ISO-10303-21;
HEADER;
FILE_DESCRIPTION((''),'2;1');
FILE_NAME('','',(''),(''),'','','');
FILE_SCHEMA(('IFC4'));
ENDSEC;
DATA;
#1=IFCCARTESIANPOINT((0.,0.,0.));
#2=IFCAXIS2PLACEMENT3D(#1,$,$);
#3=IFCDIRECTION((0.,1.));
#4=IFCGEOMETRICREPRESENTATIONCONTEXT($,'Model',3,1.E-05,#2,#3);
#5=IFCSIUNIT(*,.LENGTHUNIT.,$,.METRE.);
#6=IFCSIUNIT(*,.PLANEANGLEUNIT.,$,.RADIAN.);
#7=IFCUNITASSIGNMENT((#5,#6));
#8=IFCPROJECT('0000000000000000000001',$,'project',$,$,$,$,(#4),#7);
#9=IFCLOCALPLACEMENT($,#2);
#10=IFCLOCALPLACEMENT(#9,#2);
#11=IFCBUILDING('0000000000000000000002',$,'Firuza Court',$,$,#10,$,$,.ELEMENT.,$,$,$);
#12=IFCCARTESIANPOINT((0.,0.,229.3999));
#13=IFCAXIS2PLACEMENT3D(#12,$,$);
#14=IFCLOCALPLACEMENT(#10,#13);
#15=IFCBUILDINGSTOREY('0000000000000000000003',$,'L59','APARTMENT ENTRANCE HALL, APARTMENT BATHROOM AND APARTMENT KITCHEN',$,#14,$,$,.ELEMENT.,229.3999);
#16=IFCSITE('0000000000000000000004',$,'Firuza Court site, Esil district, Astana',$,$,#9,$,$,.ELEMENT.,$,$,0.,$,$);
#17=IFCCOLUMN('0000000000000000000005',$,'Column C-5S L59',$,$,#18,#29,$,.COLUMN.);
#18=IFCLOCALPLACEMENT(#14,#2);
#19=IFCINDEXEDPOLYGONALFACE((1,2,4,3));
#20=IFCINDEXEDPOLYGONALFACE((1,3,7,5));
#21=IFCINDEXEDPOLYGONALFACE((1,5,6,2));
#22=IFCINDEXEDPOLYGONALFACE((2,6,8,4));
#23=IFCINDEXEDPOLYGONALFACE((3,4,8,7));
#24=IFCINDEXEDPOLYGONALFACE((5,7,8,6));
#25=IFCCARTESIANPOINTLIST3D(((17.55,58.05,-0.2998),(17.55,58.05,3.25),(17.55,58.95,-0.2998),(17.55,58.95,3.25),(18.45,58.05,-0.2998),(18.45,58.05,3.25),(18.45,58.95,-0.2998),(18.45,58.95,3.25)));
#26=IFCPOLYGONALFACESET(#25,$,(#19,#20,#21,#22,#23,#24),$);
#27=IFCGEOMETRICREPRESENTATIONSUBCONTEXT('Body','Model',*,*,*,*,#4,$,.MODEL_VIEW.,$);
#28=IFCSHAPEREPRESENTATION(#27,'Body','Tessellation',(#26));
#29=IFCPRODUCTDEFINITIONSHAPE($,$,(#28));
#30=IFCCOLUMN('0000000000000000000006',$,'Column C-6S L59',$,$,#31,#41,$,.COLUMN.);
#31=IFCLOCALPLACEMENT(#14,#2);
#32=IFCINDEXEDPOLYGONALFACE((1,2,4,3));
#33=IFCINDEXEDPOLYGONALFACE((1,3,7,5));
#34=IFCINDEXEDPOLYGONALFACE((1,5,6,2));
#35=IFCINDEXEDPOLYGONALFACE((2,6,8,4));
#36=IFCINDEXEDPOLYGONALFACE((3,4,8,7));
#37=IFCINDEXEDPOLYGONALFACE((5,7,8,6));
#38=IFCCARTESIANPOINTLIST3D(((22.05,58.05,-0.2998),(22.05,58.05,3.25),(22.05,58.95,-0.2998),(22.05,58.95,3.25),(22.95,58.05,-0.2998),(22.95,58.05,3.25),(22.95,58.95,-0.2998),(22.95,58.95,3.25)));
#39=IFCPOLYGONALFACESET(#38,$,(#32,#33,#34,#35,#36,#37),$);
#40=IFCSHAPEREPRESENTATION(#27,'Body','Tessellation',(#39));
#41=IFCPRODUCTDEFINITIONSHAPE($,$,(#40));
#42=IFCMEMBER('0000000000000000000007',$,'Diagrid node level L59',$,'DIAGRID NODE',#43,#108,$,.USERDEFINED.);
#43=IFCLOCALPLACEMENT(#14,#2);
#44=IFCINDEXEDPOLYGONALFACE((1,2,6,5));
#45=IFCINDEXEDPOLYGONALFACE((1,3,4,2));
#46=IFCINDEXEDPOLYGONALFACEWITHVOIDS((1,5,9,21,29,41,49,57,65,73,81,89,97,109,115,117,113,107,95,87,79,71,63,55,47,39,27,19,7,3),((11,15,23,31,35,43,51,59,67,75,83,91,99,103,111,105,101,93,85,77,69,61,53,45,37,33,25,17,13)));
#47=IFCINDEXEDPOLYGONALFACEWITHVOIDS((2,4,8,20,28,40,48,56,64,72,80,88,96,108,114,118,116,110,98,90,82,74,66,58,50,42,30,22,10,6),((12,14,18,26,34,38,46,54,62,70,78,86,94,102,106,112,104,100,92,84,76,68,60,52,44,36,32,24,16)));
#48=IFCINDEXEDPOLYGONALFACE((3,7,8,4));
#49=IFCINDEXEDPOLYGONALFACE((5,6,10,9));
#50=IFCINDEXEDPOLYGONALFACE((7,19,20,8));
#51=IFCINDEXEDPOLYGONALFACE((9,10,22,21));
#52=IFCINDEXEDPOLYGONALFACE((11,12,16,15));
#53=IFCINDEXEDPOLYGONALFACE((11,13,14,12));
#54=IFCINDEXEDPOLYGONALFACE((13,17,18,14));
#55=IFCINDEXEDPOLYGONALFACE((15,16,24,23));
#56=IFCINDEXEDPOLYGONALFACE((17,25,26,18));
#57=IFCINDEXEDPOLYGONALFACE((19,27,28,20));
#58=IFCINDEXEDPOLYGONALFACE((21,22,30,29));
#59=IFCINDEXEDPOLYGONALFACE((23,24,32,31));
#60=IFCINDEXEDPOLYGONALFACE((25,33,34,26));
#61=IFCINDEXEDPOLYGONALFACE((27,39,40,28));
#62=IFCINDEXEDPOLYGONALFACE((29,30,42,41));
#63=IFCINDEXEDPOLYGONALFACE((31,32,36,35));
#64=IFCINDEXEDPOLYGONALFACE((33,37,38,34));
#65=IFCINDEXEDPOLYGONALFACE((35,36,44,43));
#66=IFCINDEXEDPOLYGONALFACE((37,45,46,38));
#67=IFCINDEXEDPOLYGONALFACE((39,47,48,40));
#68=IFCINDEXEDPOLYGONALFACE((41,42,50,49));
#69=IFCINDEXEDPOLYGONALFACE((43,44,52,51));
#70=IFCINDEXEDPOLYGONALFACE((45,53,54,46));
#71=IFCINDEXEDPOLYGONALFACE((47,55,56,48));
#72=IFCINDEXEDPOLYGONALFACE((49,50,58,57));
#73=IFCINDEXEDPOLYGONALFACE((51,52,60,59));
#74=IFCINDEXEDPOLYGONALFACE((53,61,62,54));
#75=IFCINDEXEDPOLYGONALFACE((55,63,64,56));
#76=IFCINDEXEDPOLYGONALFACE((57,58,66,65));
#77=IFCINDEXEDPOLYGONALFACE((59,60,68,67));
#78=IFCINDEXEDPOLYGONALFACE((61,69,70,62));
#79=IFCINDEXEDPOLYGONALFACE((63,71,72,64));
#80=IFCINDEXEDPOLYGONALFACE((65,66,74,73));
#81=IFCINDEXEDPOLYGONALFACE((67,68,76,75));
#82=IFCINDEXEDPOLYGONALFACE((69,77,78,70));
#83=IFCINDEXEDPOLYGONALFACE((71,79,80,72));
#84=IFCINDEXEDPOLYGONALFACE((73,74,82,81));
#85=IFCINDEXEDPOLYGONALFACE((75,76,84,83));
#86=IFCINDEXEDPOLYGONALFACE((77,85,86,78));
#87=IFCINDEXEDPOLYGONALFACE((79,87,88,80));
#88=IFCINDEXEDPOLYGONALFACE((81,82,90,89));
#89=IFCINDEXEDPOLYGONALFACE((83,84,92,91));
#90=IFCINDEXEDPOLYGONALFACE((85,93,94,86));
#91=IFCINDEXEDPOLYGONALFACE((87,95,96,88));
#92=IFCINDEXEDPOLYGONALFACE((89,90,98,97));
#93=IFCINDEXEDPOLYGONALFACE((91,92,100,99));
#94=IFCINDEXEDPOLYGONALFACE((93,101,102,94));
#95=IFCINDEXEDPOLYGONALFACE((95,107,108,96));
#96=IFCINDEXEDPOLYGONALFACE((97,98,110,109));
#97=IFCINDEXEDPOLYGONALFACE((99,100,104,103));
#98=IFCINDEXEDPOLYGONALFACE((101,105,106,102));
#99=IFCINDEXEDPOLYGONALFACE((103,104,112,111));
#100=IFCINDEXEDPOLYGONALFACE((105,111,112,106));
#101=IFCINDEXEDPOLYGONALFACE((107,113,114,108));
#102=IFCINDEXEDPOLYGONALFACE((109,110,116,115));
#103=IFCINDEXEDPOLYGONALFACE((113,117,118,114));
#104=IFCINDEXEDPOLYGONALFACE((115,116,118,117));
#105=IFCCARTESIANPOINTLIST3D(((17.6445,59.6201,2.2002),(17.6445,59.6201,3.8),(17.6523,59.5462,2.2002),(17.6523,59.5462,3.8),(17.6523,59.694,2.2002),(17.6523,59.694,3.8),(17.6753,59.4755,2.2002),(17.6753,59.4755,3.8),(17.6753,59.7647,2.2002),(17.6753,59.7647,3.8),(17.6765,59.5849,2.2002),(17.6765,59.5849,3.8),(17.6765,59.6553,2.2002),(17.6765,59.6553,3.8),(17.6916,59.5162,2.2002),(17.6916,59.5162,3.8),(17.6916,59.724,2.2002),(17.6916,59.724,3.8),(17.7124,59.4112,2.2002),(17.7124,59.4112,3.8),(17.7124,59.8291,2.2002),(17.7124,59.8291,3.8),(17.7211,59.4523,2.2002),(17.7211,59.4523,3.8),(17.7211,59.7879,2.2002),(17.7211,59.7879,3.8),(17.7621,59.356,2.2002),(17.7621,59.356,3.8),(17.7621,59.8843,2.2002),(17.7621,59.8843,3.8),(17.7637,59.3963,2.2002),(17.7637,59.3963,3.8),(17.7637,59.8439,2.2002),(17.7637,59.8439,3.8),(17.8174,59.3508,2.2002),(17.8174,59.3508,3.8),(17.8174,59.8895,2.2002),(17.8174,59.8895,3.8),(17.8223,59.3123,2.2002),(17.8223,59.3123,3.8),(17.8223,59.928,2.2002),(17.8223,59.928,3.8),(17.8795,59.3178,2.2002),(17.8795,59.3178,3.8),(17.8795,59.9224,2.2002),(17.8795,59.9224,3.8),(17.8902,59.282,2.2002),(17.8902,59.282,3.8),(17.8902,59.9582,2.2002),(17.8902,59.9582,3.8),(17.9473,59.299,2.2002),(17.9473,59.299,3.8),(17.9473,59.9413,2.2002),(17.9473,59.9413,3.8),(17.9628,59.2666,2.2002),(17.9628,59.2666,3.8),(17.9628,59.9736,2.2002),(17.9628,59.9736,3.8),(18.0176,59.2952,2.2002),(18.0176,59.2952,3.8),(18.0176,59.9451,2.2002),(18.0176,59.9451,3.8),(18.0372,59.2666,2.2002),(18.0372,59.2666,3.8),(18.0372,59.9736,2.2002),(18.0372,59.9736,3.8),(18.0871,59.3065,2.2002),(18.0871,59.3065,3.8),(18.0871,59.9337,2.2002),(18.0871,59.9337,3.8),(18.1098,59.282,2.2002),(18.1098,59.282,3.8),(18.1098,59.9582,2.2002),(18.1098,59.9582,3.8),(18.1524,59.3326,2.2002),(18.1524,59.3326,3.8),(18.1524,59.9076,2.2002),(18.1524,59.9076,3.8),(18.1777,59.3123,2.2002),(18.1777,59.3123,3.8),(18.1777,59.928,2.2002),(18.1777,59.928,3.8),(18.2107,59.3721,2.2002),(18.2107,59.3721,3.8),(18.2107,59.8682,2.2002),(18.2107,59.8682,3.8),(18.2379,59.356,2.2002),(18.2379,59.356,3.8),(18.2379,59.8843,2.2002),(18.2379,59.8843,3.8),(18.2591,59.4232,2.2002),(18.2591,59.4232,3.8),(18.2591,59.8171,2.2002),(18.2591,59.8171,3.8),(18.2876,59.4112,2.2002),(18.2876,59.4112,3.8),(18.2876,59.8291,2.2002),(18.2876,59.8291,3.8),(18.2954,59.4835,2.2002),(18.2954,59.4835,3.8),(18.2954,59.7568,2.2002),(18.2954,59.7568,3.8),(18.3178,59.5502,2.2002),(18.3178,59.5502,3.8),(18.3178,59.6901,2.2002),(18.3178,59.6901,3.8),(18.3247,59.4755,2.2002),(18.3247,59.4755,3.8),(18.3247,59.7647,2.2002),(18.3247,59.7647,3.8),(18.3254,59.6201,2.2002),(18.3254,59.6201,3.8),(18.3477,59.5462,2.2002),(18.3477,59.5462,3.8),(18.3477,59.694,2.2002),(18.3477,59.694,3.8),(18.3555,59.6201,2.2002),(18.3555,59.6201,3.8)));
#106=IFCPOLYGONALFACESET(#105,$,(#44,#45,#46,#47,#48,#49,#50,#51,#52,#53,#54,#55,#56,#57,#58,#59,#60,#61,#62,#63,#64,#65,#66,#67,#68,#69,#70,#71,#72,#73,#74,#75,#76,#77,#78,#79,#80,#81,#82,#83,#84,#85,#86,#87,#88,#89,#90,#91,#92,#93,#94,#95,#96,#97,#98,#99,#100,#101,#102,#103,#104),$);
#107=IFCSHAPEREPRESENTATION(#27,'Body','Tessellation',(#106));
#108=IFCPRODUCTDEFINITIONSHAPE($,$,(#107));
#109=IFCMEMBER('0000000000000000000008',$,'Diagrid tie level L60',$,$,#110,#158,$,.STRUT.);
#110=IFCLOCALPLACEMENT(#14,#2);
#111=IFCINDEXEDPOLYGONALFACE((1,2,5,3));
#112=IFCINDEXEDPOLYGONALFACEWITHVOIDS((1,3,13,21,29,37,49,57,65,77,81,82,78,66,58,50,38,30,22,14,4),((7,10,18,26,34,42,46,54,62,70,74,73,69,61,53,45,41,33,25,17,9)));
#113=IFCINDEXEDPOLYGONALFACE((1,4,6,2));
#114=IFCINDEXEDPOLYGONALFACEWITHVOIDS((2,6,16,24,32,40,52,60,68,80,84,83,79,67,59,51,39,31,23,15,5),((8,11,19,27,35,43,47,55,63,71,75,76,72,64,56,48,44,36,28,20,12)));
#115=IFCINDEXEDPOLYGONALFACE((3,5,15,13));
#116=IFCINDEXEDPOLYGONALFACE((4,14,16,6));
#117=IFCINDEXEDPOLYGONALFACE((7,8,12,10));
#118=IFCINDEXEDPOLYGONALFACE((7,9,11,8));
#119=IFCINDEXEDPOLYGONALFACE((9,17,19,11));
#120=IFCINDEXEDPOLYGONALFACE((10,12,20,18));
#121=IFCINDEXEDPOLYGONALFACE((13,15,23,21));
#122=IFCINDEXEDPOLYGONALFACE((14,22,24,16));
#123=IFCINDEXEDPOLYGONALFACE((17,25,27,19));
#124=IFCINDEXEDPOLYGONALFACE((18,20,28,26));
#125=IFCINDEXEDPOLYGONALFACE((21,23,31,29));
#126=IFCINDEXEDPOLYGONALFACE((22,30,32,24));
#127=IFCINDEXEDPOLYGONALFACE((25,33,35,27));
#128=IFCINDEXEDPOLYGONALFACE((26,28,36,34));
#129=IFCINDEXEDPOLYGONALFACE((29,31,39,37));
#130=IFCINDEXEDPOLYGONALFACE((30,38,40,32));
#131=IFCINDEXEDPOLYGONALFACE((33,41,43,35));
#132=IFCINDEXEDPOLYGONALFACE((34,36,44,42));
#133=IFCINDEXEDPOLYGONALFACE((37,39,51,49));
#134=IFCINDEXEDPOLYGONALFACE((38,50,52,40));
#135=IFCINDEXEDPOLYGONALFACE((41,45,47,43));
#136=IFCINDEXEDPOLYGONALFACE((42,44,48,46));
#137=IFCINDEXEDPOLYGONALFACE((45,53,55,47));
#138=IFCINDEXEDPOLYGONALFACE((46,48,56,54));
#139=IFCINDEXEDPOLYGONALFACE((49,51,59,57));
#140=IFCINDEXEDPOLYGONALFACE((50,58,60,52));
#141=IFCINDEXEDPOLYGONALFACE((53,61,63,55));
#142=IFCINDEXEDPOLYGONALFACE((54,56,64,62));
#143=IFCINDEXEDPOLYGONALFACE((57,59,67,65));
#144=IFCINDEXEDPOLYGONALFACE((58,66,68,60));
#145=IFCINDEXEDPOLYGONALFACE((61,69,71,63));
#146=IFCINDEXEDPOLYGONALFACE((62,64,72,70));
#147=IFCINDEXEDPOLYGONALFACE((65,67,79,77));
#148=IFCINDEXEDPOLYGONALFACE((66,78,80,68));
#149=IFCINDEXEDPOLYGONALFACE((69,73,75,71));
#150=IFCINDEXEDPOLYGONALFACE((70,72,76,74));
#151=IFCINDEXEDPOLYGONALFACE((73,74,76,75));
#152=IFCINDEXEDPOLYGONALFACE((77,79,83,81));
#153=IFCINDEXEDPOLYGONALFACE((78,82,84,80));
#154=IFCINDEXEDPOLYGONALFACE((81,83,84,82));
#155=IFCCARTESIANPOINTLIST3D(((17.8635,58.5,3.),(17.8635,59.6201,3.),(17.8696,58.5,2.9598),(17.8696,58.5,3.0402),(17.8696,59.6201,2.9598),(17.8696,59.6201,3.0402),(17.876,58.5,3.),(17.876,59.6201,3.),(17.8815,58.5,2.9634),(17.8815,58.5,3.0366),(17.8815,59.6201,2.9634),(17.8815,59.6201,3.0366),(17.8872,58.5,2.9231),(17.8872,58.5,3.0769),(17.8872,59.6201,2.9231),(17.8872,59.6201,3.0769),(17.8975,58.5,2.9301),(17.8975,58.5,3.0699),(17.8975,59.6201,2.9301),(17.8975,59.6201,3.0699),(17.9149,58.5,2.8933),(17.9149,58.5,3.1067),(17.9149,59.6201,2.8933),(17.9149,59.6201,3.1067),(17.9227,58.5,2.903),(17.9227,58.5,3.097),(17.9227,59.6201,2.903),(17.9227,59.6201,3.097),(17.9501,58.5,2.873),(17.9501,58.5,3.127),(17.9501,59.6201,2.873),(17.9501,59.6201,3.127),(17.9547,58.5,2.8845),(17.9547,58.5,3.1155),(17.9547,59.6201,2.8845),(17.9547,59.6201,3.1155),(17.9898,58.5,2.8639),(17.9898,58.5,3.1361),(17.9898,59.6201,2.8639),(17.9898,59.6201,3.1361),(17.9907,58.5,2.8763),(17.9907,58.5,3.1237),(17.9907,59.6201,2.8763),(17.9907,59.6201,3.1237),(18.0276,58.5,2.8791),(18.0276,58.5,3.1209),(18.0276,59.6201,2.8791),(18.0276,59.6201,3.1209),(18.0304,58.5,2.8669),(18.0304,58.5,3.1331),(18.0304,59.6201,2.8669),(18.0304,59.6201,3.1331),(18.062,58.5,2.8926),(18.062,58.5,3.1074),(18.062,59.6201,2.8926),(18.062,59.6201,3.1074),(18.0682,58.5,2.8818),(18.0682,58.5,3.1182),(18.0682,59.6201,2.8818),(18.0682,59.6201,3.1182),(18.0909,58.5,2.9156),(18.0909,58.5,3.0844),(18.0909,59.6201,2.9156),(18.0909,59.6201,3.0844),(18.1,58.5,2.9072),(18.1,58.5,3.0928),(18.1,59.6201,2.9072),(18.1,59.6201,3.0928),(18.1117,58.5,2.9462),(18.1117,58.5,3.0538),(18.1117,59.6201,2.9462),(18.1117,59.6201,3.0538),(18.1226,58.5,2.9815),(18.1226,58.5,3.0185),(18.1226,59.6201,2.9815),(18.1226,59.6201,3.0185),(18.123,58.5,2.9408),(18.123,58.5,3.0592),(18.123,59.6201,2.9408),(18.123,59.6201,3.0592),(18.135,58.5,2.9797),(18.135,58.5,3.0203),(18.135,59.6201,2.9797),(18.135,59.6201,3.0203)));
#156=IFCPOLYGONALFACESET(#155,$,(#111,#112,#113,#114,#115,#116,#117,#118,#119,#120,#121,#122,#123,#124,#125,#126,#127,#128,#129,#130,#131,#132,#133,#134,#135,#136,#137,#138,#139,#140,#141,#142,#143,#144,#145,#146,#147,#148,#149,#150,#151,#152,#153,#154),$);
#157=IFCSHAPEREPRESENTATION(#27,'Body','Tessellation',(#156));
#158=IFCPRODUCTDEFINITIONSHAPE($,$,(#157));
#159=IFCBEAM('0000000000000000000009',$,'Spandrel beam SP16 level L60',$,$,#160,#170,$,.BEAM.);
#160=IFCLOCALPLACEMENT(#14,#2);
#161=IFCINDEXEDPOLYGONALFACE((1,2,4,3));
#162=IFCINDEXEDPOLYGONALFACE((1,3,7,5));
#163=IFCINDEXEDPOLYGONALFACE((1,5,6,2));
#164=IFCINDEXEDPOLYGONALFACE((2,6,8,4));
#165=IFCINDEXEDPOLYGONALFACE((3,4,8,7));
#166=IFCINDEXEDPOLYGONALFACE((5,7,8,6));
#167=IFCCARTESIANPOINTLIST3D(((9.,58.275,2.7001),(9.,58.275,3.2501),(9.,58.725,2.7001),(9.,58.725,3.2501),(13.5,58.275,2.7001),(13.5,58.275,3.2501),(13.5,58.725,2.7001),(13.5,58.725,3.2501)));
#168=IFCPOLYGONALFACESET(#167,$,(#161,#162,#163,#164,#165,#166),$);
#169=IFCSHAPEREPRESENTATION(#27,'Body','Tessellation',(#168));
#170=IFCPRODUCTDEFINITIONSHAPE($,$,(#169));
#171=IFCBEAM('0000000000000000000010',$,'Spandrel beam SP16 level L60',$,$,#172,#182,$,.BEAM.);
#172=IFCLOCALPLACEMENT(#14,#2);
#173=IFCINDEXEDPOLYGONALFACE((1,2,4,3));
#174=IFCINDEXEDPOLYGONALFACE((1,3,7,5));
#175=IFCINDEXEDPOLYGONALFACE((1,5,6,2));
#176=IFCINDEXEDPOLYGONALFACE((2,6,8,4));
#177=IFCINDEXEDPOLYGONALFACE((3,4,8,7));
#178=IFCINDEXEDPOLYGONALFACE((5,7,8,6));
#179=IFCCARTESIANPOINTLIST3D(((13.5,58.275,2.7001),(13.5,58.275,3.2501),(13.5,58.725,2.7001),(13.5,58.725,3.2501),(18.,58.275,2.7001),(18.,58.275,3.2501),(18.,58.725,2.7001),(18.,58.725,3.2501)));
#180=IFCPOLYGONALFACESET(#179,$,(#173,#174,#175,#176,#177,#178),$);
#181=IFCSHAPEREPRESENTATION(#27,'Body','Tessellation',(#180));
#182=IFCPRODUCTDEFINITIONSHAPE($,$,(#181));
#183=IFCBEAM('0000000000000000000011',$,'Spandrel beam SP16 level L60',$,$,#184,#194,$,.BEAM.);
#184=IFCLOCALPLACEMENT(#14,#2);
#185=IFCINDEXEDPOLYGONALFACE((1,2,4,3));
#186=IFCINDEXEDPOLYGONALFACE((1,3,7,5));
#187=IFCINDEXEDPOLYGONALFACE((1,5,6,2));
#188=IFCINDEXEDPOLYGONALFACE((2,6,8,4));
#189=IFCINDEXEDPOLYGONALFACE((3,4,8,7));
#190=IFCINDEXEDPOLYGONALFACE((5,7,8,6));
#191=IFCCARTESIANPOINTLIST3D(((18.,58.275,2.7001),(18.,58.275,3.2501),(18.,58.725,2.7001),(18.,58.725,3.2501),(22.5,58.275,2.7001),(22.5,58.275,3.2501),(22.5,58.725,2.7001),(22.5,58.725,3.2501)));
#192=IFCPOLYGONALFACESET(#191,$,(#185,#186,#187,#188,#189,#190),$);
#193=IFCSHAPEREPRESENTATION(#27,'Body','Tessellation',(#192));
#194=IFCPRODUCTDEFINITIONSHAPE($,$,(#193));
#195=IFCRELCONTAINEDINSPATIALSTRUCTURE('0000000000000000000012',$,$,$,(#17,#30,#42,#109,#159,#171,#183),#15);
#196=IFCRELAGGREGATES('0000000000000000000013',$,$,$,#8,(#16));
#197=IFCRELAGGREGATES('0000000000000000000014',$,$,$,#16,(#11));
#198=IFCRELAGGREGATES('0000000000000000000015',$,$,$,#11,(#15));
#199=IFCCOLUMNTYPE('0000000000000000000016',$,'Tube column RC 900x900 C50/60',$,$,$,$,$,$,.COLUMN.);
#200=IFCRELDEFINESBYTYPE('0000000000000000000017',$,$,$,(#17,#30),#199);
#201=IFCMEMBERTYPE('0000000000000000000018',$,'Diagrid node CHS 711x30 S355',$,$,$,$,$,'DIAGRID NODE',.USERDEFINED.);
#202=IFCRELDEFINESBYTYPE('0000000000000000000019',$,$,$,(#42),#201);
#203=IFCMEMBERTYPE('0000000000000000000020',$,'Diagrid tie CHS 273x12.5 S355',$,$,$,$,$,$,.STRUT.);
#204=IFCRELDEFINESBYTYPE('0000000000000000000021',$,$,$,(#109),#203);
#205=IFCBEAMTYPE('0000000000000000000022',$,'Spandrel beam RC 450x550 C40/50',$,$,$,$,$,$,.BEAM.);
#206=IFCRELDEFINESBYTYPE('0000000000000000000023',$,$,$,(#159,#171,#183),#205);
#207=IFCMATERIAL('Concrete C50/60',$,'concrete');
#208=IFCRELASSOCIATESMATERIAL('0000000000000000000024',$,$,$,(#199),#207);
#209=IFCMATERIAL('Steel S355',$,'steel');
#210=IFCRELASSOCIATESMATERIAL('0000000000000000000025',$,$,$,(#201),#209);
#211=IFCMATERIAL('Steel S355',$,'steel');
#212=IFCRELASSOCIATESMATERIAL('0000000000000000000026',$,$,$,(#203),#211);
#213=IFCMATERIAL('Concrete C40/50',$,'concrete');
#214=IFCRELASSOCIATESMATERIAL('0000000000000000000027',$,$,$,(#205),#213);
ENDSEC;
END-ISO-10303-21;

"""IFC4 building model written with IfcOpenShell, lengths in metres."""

from ifc_helpers import new_model, si_unit, direction, frame, origin, origin_2d, place, context, subcontext, project, spatial, rectangle, hollow_circle, extrude, material, material_profile, profile_set, type_object, element, save


model = new_model("IFC4")

# Units and contexts
model_context = context("Model", 3, precision=1e-05, world=origin(), true_north=direction((0.0, 1.0)))
body_context = subcontext(model_context, "Body", "Model", "MODEL_VIEW")
ifc_project = project(units=[si_unit("LENGTHUNIT", "METRE"), si_unit("PLANEANGLEUNIT", "RADIAN")], contexts=[model_context])

# Site, building, storey
site_placement = place(None, origin())
site = spatial("IfcSite", under=ifc_project, at=site_placement, Name="Firuza Court site, Esil district, Astana", CompositionType="ELEMENT", RefElevation=0.0)
building_placement = place(site_placement, origin())
building = spatial("IfcBuilding", under=site, at=building_placement, Name="Firuza Court", CompositionType="ELEMENT")
storey_placement = place(building_placement, frame((0.0, 0.0, 229.3999)))
storey = spatial("IfcBuildingStorey", under=building, at=storey_placement, Name="L59", Description="APARTMENT ENTRANCE HALL, APARTMENT BATHROOM AND APARTMENT KITCHEN", CompositionType="ELEMENT", Elevation=229.3999)

# Columns
ifc_material_1 = material(Name="Concrete C50/60", Category="concrete")
ifc_material_profile_1 = material_profile(ifc_material_1, rectangle(XDim=0.8999, YDim=0.8999, at=origin_2d()), Name="RC 900x900")
ifc_profile_set_1 = profile_set([ifc_material_profile_1], Name="Concrete C50/60")
column_type = type_object("IfcColumnType", Name="Tube column RC 900x900 C50/60", PredefinedType="COLUMN", material=ifc_profile_set_1)
for number, where, z_axis, x_axis, name in (
    (1, (18.0, 58.5, -0.2998), (0.0, 0.0, 1.0), (1.0, 0.0, 0.0), "Column C-5S L59"),
    (2, (22.5, 58.5, -0.2998), (0.0, 0.0, 1.0), (1.0, 0.0, 0.0), "Column C-6S L59"),
):
    element("IfcColumn", number, at=place(storey_placement, frame(where, z_axis=z_axis, x_axis=x_axis)), inside=storey, type_object=column_type, Name=name, PredefinedType="COLUMN", context=body_context, shape_type="SweptSolid", body=[
        extrude(rectangle(XDim=0.8999, YDim=0.8999, at=origin_2d()), origin(), (0.0, 0.0, 1.0), 3.5498),
    ])

# Members
ifc_material_2 = material(Name="Steel S355", Category="steel")
ifc_material_profile_2 = material_profile(ifc_material_2, hollow_circle(Radius=0.3555, WallThickness=0.03, at=origin_2d()), Name="CHS 711x30")
ifc_profile_set_2 = profile_set([ifc_material_profile_2], Name="Steel S355")
member_type_1 = type_object("IfcMemberType", Name="Diagrid node CHS 711x30 S355", ElementType="DIAGRID NODE", PredefinedType="USERDEFINED", material=ifc_profile_set_2)
member_1_placement = place(storey_placement, frame((18.0, 59.6201, 2.2002), z_axis=(0.0, 0.0, 1.0), x_axis=(1.0, 0.0, 0.0)))
element("IfcMember", 3, at=member_1_placement, inside=storey, type_object=member_type_1, Name="Diagrid node level L59", ObjectType="DIAGRID NODE", PredefinedType="USERDEFINED", context=body_context, shape_type="SweptSolid", body=[
    extrude(hollow_circle(Radius=0.3555, WallThickness=0.03, at=origin_2d()), origin(), (0.0, 0.0, 1.0), 1.5999),
])
ifc_material_3 = material(Name="Steel S355", Category="steel")
ifc_material_profile_3 = material_profile(ifc_material_3, hollow_circle(Radius=0.1365, WallThickness=0.0125, at=origin_2d()), Name="CHS 273x12.5")
ifc_profile_set_3 = profile_set([ifc_material_profile_3], Name="Steel S355")
member_type_2 = type_object("IfcMemberType", Name="Diagrid tie CHS 273x12.5 S355", PredefinedType="STRUT", material=ifc_profile_set_3)
member_2_placement = place(storey_placement, frame((18.0, 58.5, 3.0), z_axis=(0.0, 1.0, 0.0), x_axis=(-1.0, 0.0, 0.0)))
element("IfcMember", 4, at=member_2_placement, inside=storey, type_object=member_type_2, Name="Diagrid tie level L60", PredefinedType="STRUT", context=body_context, shape_type="SweptSolid", body=[
    extrude(hollow_circle(Radius=0.1365, WallThickness=0.0125, at=origin_2d()), origin(), (0.0, 0.0, 1.0), 1.1201),
])

# Beams
ifc_material_4 = material(Name="Concrete C40/50", Category="concrete")
ifc_material_profile_4 = material_profile(ifc_material_4, rectangle(XDim=0.45, YDim=0.55, at=origin_2d()), Name="RC 450x550")
ifc_profile_set_4 = profile_set([ifc_material_profile_4], Name="Concrete C40/50")
beam_type = type_object("IfcBeamType", Name="Spandrel beam RC 450x550 C40/50", PredefinedType="BEAM", material=ifc_profile_set_4)
for number, where, z_axis, x_axis, name in (
    (5, (13.5, 58.5, 2.9751), (-1.0, 0.0, 0.0), (0.0, -1.0, 0.0), "Spandrel beam SP16 level L60"),
    (6, (18.0, 58.5, 2.9751), (-1.0, 0.0, 0.0), (0.0, -1.0, 0.0), "Spandrel beam SP16 level L60"),
    (7, (22.5, 58.5, 2.9751), (-1.0, 0.0, 0.0), (0.0, -1.0, 0.0), "Spandrel beam SP16 level L60"),
):
    element("IfcBeam", number, at=place(storey_placement, frame(where, z_axis=z_axis, x_axis=x_axis)), inside=storey, type_object=beam_type, Name=name, PredefinedType="BEAM", context=body_context, shape_type="SweptSolid", body=[
        extrude(rectangle(XDim=0.45, YDim=0.55, at=origin_2d()), origin(), (0.0, 0.0, 1.0), 4.5),
    ])

save(model, "model.ifc")
